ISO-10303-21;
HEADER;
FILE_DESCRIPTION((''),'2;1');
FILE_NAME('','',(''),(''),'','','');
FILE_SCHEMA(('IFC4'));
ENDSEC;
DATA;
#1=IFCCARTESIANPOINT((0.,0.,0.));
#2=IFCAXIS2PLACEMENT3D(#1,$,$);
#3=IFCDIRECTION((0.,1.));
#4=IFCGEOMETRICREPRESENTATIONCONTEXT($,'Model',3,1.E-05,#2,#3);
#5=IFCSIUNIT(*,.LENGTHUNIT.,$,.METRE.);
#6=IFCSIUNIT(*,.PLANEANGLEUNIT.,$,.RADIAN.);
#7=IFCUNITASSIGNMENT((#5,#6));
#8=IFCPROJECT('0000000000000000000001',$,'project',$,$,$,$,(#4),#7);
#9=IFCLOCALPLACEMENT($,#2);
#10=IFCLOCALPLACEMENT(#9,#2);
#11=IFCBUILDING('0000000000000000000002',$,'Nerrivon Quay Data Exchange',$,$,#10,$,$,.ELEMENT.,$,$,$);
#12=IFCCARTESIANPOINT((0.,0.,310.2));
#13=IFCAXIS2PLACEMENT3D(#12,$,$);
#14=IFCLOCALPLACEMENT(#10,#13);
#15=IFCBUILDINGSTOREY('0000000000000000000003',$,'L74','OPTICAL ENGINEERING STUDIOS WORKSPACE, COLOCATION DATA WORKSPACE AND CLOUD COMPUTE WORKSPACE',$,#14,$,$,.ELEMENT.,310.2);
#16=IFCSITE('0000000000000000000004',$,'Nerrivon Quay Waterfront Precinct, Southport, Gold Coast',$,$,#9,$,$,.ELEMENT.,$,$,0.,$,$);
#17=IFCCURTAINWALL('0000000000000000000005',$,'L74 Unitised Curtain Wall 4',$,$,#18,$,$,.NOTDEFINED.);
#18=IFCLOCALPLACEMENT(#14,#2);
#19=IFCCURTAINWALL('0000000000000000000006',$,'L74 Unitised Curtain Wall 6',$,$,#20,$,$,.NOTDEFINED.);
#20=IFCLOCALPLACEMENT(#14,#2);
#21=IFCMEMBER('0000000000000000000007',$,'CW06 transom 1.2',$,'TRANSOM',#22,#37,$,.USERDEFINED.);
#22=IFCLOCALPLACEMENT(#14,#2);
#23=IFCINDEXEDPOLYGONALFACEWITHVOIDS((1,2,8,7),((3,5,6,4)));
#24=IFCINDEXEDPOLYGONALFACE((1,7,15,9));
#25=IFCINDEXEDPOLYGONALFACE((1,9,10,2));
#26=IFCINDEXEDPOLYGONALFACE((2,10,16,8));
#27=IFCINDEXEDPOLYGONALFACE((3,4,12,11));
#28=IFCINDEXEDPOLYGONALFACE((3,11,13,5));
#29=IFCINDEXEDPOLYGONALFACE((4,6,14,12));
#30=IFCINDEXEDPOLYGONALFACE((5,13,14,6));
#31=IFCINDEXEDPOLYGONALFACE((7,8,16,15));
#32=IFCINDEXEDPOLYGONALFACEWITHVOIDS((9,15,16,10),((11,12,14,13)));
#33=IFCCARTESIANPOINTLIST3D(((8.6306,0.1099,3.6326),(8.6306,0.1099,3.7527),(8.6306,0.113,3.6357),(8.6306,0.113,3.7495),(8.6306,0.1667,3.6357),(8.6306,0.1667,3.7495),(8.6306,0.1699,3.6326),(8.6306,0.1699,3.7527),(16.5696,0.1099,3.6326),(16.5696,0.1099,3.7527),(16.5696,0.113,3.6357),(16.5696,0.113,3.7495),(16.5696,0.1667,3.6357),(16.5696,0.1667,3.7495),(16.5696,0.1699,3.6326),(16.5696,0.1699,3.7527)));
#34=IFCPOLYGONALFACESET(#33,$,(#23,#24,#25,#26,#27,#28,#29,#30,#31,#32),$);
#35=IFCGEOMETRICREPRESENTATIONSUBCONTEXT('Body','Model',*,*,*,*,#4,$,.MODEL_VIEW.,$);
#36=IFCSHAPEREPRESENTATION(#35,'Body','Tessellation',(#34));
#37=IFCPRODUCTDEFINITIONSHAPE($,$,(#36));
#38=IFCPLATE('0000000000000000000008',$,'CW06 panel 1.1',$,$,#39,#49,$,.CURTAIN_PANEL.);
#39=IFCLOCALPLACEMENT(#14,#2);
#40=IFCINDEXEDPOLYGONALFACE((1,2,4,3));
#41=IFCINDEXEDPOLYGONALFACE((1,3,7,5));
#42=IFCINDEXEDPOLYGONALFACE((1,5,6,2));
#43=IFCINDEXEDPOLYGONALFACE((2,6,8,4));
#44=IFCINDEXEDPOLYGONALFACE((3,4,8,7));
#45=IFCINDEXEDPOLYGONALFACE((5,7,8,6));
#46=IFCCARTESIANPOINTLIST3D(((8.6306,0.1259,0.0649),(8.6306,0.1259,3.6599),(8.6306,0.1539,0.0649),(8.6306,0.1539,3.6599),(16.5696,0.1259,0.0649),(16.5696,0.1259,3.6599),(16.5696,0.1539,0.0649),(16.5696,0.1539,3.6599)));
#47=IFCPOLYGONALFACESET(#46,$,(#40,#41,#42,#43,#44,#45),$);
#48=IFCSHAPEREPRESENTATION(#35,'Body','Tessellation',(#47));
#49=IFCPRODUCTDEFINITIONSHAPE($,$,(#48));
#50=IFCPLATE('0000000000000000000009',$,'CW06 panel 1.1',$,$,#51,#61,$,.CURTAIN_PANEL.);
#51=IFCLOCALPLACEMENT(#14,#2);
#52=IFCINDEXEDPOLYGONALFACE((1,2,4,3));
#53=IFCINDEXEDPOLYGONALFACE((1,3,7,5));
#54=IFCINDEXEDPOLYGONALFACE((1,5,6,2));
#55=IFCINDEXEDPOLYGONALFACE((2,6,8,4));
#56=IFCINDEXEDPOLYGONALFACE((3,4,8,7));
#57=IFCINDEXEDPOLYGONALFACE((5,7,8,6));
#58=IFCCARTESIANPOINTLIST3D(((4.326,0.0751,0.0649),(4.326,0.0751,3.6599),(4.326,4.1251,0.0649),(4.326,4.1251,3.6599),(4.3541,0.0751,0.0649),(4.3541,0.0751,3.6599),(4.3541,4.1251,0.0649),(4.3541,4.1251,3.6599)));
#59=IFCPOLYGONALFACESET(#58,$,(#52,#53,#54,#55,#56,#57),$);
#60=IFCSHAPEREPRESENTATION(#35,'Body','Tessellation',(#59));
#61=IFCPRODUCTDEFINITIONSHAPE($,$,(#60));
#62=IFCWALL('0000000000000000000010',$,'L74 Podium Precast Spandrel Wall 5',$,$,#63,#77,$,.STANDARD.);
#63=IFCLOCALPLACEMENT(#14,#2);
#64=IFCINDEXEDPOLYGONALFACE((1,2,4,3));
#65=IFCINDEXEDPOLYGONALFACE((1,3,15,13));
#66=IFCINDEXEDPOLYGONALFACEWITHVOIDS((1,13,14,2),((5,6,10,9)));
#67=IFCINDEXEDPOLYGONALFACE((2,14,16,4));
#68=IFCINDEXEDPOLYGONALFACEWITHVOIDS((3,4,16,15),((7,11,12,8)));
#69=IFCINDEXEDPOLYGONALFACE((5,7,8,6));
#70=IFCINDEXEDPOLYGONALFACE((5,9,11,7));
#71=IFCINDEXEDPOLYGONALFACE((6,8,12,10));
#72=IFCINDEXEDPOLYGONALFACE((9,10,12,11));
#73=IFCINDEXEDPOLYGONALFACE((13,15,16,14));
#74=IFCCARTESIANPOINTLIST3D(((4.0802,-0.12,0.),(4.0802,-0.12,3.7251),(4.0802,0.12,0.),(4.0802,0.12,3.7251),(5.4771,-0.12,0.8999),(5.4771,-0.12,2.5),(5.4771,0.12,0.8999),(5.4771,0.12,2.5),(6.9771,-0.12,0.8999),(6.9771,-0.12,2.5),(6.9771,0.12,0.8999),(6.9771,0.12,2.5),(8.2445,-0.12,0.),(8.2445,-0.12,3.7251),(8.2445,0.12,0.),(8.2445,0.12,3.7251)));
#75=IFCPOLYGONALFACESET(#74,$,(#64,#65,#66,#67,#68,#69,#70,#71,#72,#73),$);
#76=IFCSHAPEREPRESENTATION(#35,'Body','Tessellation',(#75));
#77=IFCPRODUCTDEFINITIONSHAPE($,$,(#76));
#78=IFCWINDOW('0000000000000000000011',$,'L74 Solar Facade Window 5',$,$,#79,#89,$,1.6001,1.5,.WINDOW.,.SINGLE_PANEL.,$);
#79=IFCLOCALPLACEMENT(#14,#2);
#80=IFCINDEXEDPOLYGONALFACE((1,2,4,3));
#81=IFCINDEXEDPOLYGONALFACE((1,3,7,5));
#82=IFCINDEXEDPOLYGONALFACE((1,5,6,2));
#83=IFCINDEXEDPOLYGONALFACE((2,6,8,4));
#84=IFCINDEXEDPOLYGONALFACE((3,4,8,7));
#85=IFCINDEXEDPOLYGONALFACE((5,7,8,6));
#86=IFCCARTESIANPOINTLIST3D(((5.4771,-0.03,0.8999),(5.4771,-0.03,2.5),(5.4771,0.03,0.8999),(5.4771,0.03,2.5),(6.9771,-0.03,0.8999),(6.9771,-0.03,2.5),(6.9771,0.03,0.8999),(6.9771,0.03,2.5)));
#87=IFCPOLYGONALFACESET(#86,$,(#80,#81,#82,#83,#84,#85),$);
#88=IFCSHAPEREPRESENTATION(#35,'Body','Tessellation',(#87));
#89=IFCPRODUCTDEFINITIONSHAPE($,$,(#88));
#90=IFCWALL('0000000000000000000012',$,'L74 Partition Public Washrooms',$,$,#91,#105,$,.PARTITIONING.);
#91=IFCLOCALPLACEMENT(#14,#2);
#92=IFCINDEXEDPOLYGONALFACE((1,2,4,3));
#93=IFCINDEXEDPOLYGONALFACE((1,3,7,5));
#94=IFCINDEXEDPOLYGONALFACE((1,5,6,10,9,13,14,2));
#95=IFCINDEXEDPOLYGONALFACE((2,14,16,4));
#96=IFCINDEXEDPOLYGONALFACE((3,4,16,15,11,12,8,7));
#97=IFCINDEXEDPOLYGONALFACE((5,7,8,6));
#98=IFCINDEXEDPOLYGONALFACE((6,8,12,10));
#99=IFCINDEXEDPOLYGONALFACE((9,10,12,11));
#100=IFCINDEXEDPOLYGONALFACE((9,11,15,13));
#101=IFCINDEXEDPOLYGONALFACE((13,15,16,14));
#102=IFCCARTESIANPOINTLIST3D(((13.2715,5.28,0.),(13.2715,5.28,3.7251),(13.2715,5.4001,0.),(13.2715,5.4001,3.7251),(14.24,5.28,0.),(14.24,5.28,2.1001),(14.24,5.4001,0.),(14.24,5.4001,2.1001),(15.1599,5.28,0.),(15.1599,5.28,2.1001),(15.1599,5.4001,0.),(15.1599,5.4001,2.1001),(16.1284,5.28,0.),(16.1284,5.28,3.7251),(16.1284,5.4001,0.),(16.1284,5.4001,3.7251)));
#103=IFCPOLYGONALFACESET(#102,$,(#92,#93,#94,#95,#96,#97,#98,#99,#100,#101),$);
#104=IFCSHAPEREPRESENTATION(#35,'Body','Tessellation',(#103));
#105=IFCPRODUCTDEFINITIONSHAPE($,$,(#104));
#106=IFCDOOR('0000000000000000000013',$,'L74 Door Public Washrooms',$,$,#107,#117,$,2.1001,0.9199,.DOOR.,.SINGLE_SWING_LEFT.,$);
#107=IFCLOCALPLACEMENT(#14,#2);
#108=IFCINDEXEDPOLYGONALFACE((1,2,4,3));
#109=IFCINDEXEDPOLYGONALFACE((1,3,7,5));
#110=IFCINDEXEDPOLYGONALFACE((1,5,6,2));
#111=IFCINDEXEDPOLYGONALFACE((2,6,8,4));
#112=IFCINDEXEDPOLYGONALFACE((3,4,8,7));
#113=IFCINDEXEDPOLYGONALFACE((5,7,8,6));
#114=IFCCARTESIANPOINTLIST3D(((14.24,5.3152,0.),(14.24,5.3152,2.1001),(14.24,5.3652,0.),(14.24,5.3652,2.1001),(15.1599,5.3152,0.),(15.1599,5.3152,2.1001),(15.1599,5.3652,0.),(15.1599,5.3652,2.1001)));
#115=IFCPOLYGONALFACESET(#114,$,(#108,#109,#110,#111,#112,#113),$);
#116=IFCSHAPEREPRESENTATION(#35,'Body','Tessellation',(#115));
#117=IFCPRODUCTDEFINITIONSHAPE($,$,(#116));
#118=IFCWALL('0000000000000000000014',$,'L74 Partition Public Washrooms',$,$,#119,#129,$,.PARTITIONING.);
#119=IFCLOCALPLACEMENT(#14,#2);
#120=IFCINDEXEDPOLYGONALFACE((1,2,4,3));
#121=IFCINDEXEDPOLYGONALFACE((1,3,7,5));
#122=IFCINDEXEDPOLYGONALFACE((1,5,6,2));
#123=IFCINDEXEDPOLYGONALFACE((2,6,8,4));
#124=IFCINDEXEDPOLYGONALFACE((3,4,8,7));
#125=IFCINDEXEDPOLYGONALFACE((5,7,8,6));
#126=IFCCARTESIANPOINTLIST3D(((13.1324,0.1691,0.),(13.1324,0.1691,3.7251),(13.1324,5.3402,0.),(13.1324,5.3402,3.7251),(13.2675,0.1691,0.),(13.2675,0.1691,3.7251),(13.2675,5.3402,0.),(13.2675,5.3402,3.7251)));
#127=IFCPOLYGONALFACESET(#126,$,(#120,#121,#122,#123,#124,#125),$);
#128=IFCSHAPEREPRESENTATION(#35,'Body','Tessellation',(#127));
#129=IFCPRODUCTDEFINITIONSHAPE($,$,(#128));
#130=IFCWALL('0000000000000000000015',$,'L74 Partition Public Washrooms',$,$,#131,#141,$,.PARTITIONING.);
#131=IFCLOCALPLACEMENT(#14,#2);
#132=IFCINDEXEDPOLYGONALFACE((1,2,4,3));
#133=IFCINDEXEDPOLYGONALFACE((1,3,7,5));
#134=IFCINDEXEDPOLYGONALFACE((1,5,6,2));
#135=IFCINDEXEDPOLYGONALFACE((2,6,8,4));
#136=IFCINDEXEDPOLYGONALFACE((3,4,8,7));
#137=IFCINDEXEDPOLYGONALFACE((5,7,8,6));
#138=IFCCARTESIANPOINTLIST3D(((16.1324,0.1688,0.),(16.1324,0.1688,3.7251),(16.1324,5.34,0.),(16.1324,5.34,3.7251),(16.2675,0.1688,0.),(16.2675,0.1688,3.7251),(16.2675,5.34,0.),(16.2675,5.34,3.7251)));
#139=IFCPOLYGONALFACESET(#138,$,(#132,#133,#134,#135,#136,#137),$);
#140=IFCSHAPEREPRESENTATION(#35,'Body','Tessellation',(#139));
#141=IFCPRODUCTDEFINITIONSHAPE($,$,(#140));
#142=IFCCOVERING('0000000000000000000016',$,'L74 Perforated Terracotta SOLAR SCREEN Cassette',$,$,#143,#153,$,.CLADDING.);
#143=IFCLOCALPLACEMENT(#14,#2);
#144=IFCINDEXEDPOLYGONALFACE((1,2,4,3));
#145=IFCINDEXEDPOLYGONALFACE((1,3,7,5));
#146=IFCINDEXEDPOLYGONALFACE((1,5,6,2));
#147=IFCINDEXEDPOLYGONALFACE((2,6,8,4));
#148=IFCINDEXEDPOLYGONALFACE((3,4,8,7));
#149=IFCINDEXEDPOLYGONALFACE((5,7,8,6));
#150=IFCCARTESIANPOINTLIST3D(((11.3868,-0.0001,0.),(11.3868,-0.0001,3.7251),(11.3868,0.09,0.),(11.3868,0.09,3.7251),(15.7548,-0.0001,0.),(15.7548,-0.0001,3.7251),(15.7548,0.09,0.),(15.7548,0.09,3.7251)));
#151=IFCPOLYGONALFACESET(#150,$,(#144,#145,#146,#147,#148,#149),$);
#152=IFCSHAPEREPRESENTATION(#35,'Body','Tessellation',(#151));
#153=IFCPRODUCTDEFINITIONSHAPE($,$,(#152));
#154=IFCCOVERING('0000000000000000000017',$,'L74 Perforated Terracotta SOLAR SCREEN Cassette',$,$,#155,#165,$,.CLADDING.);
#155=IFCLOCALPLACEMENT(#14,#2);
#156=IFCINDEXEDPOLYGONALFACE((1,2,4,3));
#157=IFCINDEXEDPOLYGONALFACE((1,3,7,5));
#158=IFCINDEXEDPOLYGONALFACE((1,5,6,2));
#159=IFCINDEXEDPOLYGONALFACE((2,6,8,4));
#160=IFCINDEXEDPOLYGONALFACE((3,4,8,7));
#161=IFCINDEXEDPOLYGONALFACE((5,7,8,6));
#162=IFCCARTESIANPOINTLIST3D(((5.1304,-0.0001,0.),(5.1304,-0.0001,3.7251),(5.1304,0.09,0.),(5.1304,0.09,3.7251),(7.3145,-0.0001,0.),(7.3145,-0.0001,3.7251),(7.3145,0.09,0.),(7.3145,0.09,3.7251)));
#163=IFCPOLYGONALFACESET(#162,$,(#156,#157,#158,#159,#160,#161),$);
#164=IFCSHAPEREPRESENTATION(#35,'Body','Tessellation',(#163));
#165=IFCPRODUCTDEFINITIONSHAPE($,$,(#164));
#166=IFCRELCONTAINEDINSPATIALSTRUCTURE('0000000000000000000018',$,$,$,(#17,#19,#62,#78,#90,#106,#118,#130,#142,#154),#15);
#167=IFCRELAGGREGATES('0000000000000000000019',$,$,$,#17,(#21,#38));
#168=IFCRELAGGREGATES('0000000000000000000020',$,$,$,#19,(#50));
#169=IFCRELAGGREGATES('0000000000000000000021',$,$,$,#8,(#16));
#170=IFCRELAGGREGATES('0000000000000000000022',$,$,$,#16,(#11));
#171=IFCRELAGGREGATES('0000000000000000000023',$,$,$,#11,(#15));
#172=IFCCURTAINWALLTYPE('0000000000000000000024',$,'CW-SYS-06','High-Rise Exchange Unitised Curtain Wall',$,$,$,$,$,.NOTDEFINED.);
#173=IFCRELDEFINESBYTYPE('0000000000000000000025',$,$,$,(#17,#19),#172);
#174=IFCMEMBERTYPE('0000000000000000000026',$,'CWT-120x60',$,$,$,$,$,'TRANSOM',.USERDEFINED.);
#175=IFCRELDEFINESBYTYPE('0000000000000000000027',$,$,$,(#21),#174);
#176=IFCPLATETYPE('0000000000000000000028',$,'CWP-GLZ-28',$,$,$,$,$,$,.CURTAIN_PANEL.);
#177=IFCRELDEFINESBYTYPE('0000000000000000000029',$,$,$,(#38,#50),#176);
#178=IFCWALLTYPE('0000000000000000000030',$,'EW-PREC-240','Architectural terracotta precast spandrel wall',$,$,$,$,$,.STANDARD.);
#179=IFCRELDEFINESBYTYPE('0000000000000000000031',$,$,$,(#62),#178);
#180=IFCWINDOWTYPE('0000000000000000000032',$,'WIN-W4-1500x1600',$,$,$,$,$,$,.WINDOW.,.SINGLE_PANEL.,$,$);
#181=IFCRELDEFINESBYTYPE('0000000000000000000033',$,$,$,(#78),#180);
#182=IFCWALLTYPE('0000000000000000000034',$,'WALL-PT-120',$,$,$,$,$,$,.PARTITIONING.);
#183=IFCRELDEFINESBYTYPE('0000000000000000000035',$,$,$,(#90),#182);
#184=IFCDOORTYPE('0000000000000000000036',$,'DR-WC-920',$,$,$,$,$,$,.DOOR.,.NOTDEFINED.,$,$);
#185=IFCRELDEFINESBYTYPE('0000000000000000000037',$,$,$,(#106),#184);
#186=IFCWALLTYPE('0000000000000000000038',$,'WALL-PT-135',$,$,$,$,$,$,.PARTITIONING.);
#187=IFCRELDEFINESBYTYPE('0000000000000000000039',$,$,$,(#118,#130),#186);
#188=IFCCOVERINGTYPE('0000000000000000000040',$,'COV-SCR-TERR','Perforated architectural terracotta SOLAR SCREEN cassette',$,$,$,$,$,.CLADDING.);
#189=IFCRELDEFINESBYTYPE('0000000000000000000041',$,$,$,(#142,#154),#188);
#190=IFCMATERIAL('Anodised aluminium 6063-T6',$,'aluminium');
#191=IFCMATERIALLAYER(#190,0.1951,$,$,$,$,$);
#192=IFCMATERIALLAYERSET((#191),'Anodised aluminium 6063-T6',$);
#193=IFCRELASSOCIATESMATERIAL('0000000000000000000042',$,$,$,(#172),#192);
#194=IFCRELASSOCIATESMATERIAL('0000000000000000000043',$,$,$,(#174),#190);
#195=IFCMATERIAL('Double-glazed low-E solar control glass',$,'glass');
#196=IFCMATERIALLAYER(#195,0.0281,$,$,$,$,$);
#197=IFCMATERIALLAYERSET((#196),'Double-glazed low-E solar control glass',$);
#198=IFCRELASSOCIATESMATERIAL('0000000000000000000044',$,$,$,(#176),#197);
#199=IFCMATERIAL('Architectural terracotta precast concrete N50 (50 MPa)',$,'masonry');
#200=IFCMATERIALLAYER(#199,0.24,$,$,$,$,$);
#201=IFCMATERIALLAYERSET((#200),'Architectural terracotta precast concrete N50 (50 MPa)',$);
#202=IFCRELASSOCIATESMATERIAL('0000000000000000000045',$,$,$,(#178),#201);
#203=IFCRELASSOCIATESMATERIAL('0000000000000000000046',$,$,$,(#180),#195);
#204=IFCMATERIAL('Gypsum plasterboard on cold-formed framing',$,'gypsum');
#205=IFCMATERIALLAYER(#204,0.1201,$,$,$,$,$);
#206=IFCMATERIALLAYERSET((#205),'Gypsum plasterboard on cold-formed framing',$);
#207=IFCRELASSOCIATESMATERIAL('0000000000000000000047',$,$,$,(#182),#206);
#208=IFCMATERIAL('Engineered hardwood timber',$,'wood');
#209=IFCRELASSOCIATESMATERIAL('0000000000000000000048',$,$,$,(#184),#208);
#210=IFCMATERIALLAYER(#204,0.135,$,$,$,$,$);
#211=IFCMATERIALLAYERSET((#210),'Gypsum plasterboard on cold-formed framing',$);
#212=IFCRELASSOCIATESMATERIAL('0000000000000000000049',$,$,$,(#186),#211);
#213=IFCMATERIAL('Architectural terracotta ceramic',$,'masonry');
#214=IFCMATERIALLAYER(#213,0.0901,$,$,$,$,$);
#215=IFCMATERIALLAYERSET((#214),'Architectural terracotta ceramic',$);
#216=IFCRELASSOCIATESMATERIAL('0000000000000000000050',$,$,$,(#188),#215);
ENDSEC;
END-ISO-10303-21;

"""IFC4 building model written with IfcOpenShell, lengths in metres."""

from ifc_helpers import new_model, si_unit, direction, frame, frame_2d, origin, origin_2d, place, context, subcontext, project, spatial, rectangle, hollow_rectangle, extrude, material, layer, layer_set, material_profile, profile_set, type_object, element, fill, aggregate, save


model = new_model("IFC4")

# Units and contexts
model_context = context("Model", 3, precision=1e-05, world=origin(), true_north=direction((0.0, 1.0)))
body_context = subcontext(model_context, "Body", "Model", "MODEL_VIEW")
ifc_project = project(units=[si_unit("LENGTHUNIT", "METRE"), si_unit("PLANEANGLEUNIT", "RADIAN")], contexts=[model_context])

# Site, building, storey
site_placement = place(None, origin())
site = spatial("IfcSite", under=ifc_project, at=site_placement, Name="Nerrivon Quay Waterfront Precinct, Southport, Gold Coast", CompositionType="ELEMENT", RefElevation=0.0)
building_placement = place(site_placement, origin())
building = spatial("IfcBuilding", under=site, at=building_placement, Name="Nerrivon Quay Data Exchange", CompositionType="ELEMENT")
storey_placement = place(building_placement, frame((0.0, 0.0, 310.2)))
storey = spatial("IfcBuildingStorey", under=building, at=storey_placement, Name="L74", Description="OPTICAL ENGINEERING STUDIOS WORKSPACE, COLOCATION DATA WORKSPACE AND CLOUD COMPUTE WORKSPACE", CompositionType="ELEMENT", Elevation=310.2)

# Curtain wall
ifc_material_1 = material(Name="Anodised aluminium 6063-T6", Category="aluminium")
ifc_layer_1 = layer(ifc_material_1, 0.1951)
ifc_layer_set_1 = layer_set([ifc_layer_1], Name="Anodised aluminium 6063-T6")
curtain_wall_type = type_object("IfcCurtainWallType", Name="CW-SYS-06", Description="High-Rise Exchange Unitised Curtain Wall", PredefinedType="NOTDEFINED", material=ifc_layer_set_1)
curtain_wall_1_placement = place(storey_placement, origin())
curtain_wall_1 = element("IfcCurtainWall", 1, at=curtain_wall_1_placement, inside=storey, type_object=curtain_wall_type, Name="L74 Unitised Curtain Wall 4", PredefinedType="NOTDEFINED")

# Curtain wall
curtain_wall_2_placement = place(storey_placement, origin())
curtain_wall_2 = element("IfcCurtainWall", 2, at=curtain_wall_2_placement, inside=storey, type_object=curtain_wall_type, Name="L74 Unitised Curtain Wall 6", PredefinedType="NOTDEFINED")

# Member
ifc_material_profile_1 = material_profile(ifc_material_1, hollow_rectangle(XDim=0.0601, YDim=0.1201, WallThickness=0.0032, at=origin_2d()), Name="ALU-TRAN-120x60")
ifc_profile_set_1 = profile_set([ifc_material_profile_1], Name="Anodised aluminium 6063-T6")
member_type_1 = type_object("IfcMemberType", Name="CWT-120x60", ElementType="TRANSOM", PredefinedType="USERDEFINED", material=ifc_profile_set_1)
member_1_placement = place(storey_placement, frame((16.5696, 0.1399, 3.6926), z_axis=(-1.0, 0.0, 0.0), x_axis=(0.0, -1.0, 0.0)))
member_1 = element("IfcMember", 3, at=member_1_placement, type_object=member_type_1, Name="CW06 transom 1.2", ObjectType="TRANSOM", PredefinedType="USERDEFINED", context=body_context, shape_type="SweptSolid", body=[
    extrude(hollow_rectangle(XDim=0.0601, YDim=0.1201, WallThickness=0.0032, at=origin_2d()), origin(), (0.0, 0.0, 1.0), 7.939),
])

# Plates
ifc_material_2 = material(Name="Double-glazed low-E solar control glass", Category="glass")
ifc_layer_2 = layer(ifc_material_2, 0.0281)
ifc_layer_set_2 = layer_set([ifc_layer_2], Name="Double-glazed low-E solar control glass")
plate_type = type_object("IfcPlateType", Name="CWP-GLZ-28", PredefinedType="CURTAIN_PANEL", material=ifc_layer_set_2)
plate_1_placement = place(storey_placement, frame((12.6001, 0.1399, 0.0649), z_axis=(0.0, 0.0, 1.0), x_axis=(-1.0, 0.0, 0.0)))
plate_1 = element("IfcPlate", 4, at=plate_1_placement, type_object=plate_type, Name="CW06 panel 1.1", PredefinedType="CURTAIN_PANEL", context=body_context, shape_type="SweptSolid", body=[
    extrude(rectangle(XDim=7.939, YDim=0.0281, at=origin_2d()), origin(), (0.0, 0.0, 1.0), 3.595),
])
aggregate(curtain_wall_1, [member_1, plate_1])
plate_2_placement = place(storey_placement, frame((4.3401, 2.1001, 0.0649), z_axis=(0.0, 0.0, 1.0), x_axis=(0.0, 1.0, 0.0)))
plate_2 = element("IfcPlate", 5, at=plate_2_placement, type_object=plate_type, Name="CW06 panel 1.1", PredefinedType="CURTAIN_PANEL", context=body_context, shape_type="SweptSolid", body=[
    extrude(rectangle(XDim=4.05, YDim=0.0281, at=origin_2d()), origin(), (0.0, 0.0, 1.0), 3.595),
])
aggregate(curtain_wall_2, [plate_2])

# Wall, opening, window
ifc_material_3 = material(Name="Architectural terracotta precast concrete N50 (50 MPa)", Category="masonry")
ifc_layer_3 = layer(ifc_material_3, 0.24)
ifc_layer_set_3 = layer_set([ifc_layer_3], Name="Architectural terracotta precast concrete N50 (50 MPa)")
wall_type_1 = type_object("IfcWallType", Name="EW-PREC-240", Description="Architectural terracotta precast spandrel wall", PredefinedType="STANDARD", material=ifc_layer_set_3)
wall_1_placement = place(storey_placement, frame((8.2444, 0.0, 0.0), z_axis=(0.0, 0.0, 1.0), x_axis=(-1.0, 0.0, 0.0)))
wall_1 = element("IfcWall", 6, at=wall_1_placement, inside=storey, type_object=wall_type_1, Name="L74 Podium Precast Spandrel Wall 5", PredefinedType="STANDARD", context=body_context, shape_type="SweptSolid", body=[
    extrude(rectangle(XDim=4.1643, YDim=0.24, at=frame_2d((2.082, 0.0))), origin(), (0.0, 0.0, 1.0), 3.7251),
])
opening_1_placement = place(wall_1_placement, frame((1.2673, 0.0, 0.8999)))
opening_1 = element("IfcOpeningElement", 7, at=opening_1_placement, cuts=wall_1, PredefinedType="OPENING", context=body_context, shape_type="SweptSolid", body=[
    extrude(rectangle(XDim=1.5, YDim=1.6001, at=frame_2d((0.75, 0.8))), frame((0.0, 0.1299, 0.0), z_axis=(0.0, -1.0, 0.0), x_axis=(1.0, 0.0, 0.0)), (0.0, 0.0, 1.0), 0.26),
])
window_type = type_object("IfcWindowType", Name="WIN-W4-1500x1600", PartitioningType="SINGLE_PANEL", PredefinedType="WINDOW", material=ifc_material_2)
window_placement = place(opening_1_placement, origin())
window = element("IfcWindow", 8, at=window_placement, inside=storey, type_object=window_type, Name="L74 Solar Facade Window 5", OverallHeight=1.6001, OverallWidth=1.5, PartitioningType="SINGLE_PANEL", PredefinedType="WINDOW", context=body_context, shape_type="SweptSolid", body=[
    extrude(rectangle(XDim=1.5, YDim=1.6001, at=frame_2d((0.75, 0.8))), frame((0.0, 0.03, 0.0), z_axis=(0.0, -1.0, 0.0), x_axis=(1.0, 0.0, 0.0)), (0.0, 0.0, 1.0), 0.0601),
])
fill(opening_1, window)

# Wall, opening, door
ifc_material_4 = material(Name="Gypsum plasterboard on cold-formed framing", Category="gypsum")
ifc_layer_4 = layer(ifc_material_4, 0.1201)
ifc_layer_set_4 = layer_set([ifc_layer_4], Name="Gypsum plasterboard on cold-formed framing")
wall_type_2 = type_object("IfcWallType", Name="WALL-PT-120", PredefinedType="PARTITIONING", material=ifc_layer_set_4)
wall_2_placement = place(storey_placement, frame((16.1284, 5.3401, 0.0), z_axis=(0.0, 0.0, 1.0), x_axis=(-1.0, 0.0, 0.0)))
wall_2 = element("IfcWall", 9, at=wall_2_placement, inside=storey, type_object=wall_type_2, Name="L74 Partition Public Washrooms", PredefinedType="PARTITIONING", context=body_context, shape_type="SweptSolid", body=[
    extrude(rectangle(XDim=2.8569, YDim=0.1201, at=frame_2d((1.4285, 0.0))), origin(), (0.0, 0.0, 1.0), 3.7251),
])
opening_2_placement = place(wall_2_placement, frame((0.9685, 0.0, 0.0)))
opening_2 = element("IfcOpeningElement", 10, at=opening_2_placement, cuts=wall_2, PredefinedType="OPENING", context=body_context, shape_type="SweptSolid", body=[
    extrude(rectangle(XDim=0.9199, YDim=2.1001, at=frame_2d((0.46, 1.05))), frame((0.0, 0.0701, 0.0), z_axis=(0.0, -1.0, 0.0), x_axis=(1.0, 0.0, 0.0)), (0.0, 0.0, 1.0), 0.1401),
])
ifc_material_5 = material(Name="Engineered hardwood timber", Category="wood")
door_type = type_object("IfcDoorType", Name="DR-WC-920", OperationType="NOTDEFINED", PredefinedType="DOOR", material=ifc_material_5)
door_placement = place(opening_2_placement, origin())
door = element("IfcDoor", 11, at=door_placement, inside=storey, type_object=door_type, Name="L74 Door Public Washrooms", OperationType="SINGLE_SWING_LEFT", OverallHeight=2.1001, OverallWidth=0.9199, PredefinedType="DOOR", context=body_context, shape_type="SweptSolid", body=[
    extrude(rectangle(XDim=0.9199, YDim=2.1001, at=frame_2d((0.46, 1.05))), frame((0.0, 0.0249, 0.0), z_axis=(0.0, -1.0, 0.0), x_axis=(1.0, 0.0, 0.0)), (0.0, 0.0, 1.0), 0.05),
])
fill(opening_2, door)

# Walls
ifc_layer_5 = layer(ifc_material_4, 0.135)
ifc_layer_set_5 = layer_set([ifc_layer_5], Name="Gypsum plasterboard on cold-formed framing")
wall_type_3 = type_object("IfcWallType", Name="WALL-PT-135", PredefinedType="PARTITIONING", material=ifc_layer_set_5)
for number, where, z_axis, x_axis, name in (
    (12, (13.2, 5.3401, 0.0), (0.0, 0.0, 1.0), (0.0, -1.0, 0.0), "L74 Partition Public Washrooms"),
    (13, (16.2, 0.1689, 0.0), (0.0, 0.0, 1.0), (0.0, 1.0, 0.0), "L74 Partition Public Washrooms"),
):
    element("IfcWall", number, at=place(storey_placement, frame(where, z_axis=z_axis, x_axis=x_axis)), inside=storey, type_object=wall_type_3, Name=name, PredefinedType="PARTITIONING", context=body_context, shape_type="SweptSolid", body=[
        extrude(rectangle(XDim=5.1711, YDim=0.135, at=frame_2d((2.5854, 0.0))), origin(), (0.0, 0.0, 1.0), 3.7251),
    ])

# Coverings
ifc_material_6 = material(Name="Architectural terracotta ceramic", Category="masonry")
ifc_layer_6 = layer(ifc_material_6, 0.0901)
ifc_layer_set_6 = layer_set([ifc_layer_6], Name="Architectural terracotta ceramic")
covering_type = type_object("IfcCoveringType", Name="COV-SCR-TERR", Description="Perforated architectural terracotta SOLAR SCREEN cassette", PredefinedType="CLADDING", material=ifc_layer_set_6)
covering_1_placement = place(storey_placement, frame((13.5708, 0.0449, 0.0), z_axis=(0.0, 0.0, 1.0), x_axis=(-1.0, 0.0, 0.0)))
element("IfcCovering", 14, at=covering_1_placement, inside=storey, type_object=covering_type, Name="L74 Perforated Terracotta SOLAR SCREEN Cassette", PredefinedType="CLADDING", context=body_context, shape_type="SweptSolid", body=[
    extrude(rectangle(XDim=4.3679, YDim=0.0901, at=origin_2d()), origin(), (0.0, 0.0, 1.0), 3.7251),
])
covering_2_placement = place(storey_placement, frame((6.2224, 0.0449, 0.0), z_axis=(0.0, 0.0, 1.0), x_axis=(-1.0, 0.0, 0.0)))
element("IfcCovering", 15, at=covering_2_placement, inside=storey, type_object=covering_type, Name="L74 Perforated Terracotta SOLAR SCREEN Cassette", PredefinedType="CLADDING", context=body_context, shape_type="SweptSolid", body=[
    extrude(rectangle(XDim=2.1841, YDim=0.0901, at=origin_2d()), origin(), (0.0, 0.0, 1.0), 3.7251),
])

save(model, "model.ifc")
